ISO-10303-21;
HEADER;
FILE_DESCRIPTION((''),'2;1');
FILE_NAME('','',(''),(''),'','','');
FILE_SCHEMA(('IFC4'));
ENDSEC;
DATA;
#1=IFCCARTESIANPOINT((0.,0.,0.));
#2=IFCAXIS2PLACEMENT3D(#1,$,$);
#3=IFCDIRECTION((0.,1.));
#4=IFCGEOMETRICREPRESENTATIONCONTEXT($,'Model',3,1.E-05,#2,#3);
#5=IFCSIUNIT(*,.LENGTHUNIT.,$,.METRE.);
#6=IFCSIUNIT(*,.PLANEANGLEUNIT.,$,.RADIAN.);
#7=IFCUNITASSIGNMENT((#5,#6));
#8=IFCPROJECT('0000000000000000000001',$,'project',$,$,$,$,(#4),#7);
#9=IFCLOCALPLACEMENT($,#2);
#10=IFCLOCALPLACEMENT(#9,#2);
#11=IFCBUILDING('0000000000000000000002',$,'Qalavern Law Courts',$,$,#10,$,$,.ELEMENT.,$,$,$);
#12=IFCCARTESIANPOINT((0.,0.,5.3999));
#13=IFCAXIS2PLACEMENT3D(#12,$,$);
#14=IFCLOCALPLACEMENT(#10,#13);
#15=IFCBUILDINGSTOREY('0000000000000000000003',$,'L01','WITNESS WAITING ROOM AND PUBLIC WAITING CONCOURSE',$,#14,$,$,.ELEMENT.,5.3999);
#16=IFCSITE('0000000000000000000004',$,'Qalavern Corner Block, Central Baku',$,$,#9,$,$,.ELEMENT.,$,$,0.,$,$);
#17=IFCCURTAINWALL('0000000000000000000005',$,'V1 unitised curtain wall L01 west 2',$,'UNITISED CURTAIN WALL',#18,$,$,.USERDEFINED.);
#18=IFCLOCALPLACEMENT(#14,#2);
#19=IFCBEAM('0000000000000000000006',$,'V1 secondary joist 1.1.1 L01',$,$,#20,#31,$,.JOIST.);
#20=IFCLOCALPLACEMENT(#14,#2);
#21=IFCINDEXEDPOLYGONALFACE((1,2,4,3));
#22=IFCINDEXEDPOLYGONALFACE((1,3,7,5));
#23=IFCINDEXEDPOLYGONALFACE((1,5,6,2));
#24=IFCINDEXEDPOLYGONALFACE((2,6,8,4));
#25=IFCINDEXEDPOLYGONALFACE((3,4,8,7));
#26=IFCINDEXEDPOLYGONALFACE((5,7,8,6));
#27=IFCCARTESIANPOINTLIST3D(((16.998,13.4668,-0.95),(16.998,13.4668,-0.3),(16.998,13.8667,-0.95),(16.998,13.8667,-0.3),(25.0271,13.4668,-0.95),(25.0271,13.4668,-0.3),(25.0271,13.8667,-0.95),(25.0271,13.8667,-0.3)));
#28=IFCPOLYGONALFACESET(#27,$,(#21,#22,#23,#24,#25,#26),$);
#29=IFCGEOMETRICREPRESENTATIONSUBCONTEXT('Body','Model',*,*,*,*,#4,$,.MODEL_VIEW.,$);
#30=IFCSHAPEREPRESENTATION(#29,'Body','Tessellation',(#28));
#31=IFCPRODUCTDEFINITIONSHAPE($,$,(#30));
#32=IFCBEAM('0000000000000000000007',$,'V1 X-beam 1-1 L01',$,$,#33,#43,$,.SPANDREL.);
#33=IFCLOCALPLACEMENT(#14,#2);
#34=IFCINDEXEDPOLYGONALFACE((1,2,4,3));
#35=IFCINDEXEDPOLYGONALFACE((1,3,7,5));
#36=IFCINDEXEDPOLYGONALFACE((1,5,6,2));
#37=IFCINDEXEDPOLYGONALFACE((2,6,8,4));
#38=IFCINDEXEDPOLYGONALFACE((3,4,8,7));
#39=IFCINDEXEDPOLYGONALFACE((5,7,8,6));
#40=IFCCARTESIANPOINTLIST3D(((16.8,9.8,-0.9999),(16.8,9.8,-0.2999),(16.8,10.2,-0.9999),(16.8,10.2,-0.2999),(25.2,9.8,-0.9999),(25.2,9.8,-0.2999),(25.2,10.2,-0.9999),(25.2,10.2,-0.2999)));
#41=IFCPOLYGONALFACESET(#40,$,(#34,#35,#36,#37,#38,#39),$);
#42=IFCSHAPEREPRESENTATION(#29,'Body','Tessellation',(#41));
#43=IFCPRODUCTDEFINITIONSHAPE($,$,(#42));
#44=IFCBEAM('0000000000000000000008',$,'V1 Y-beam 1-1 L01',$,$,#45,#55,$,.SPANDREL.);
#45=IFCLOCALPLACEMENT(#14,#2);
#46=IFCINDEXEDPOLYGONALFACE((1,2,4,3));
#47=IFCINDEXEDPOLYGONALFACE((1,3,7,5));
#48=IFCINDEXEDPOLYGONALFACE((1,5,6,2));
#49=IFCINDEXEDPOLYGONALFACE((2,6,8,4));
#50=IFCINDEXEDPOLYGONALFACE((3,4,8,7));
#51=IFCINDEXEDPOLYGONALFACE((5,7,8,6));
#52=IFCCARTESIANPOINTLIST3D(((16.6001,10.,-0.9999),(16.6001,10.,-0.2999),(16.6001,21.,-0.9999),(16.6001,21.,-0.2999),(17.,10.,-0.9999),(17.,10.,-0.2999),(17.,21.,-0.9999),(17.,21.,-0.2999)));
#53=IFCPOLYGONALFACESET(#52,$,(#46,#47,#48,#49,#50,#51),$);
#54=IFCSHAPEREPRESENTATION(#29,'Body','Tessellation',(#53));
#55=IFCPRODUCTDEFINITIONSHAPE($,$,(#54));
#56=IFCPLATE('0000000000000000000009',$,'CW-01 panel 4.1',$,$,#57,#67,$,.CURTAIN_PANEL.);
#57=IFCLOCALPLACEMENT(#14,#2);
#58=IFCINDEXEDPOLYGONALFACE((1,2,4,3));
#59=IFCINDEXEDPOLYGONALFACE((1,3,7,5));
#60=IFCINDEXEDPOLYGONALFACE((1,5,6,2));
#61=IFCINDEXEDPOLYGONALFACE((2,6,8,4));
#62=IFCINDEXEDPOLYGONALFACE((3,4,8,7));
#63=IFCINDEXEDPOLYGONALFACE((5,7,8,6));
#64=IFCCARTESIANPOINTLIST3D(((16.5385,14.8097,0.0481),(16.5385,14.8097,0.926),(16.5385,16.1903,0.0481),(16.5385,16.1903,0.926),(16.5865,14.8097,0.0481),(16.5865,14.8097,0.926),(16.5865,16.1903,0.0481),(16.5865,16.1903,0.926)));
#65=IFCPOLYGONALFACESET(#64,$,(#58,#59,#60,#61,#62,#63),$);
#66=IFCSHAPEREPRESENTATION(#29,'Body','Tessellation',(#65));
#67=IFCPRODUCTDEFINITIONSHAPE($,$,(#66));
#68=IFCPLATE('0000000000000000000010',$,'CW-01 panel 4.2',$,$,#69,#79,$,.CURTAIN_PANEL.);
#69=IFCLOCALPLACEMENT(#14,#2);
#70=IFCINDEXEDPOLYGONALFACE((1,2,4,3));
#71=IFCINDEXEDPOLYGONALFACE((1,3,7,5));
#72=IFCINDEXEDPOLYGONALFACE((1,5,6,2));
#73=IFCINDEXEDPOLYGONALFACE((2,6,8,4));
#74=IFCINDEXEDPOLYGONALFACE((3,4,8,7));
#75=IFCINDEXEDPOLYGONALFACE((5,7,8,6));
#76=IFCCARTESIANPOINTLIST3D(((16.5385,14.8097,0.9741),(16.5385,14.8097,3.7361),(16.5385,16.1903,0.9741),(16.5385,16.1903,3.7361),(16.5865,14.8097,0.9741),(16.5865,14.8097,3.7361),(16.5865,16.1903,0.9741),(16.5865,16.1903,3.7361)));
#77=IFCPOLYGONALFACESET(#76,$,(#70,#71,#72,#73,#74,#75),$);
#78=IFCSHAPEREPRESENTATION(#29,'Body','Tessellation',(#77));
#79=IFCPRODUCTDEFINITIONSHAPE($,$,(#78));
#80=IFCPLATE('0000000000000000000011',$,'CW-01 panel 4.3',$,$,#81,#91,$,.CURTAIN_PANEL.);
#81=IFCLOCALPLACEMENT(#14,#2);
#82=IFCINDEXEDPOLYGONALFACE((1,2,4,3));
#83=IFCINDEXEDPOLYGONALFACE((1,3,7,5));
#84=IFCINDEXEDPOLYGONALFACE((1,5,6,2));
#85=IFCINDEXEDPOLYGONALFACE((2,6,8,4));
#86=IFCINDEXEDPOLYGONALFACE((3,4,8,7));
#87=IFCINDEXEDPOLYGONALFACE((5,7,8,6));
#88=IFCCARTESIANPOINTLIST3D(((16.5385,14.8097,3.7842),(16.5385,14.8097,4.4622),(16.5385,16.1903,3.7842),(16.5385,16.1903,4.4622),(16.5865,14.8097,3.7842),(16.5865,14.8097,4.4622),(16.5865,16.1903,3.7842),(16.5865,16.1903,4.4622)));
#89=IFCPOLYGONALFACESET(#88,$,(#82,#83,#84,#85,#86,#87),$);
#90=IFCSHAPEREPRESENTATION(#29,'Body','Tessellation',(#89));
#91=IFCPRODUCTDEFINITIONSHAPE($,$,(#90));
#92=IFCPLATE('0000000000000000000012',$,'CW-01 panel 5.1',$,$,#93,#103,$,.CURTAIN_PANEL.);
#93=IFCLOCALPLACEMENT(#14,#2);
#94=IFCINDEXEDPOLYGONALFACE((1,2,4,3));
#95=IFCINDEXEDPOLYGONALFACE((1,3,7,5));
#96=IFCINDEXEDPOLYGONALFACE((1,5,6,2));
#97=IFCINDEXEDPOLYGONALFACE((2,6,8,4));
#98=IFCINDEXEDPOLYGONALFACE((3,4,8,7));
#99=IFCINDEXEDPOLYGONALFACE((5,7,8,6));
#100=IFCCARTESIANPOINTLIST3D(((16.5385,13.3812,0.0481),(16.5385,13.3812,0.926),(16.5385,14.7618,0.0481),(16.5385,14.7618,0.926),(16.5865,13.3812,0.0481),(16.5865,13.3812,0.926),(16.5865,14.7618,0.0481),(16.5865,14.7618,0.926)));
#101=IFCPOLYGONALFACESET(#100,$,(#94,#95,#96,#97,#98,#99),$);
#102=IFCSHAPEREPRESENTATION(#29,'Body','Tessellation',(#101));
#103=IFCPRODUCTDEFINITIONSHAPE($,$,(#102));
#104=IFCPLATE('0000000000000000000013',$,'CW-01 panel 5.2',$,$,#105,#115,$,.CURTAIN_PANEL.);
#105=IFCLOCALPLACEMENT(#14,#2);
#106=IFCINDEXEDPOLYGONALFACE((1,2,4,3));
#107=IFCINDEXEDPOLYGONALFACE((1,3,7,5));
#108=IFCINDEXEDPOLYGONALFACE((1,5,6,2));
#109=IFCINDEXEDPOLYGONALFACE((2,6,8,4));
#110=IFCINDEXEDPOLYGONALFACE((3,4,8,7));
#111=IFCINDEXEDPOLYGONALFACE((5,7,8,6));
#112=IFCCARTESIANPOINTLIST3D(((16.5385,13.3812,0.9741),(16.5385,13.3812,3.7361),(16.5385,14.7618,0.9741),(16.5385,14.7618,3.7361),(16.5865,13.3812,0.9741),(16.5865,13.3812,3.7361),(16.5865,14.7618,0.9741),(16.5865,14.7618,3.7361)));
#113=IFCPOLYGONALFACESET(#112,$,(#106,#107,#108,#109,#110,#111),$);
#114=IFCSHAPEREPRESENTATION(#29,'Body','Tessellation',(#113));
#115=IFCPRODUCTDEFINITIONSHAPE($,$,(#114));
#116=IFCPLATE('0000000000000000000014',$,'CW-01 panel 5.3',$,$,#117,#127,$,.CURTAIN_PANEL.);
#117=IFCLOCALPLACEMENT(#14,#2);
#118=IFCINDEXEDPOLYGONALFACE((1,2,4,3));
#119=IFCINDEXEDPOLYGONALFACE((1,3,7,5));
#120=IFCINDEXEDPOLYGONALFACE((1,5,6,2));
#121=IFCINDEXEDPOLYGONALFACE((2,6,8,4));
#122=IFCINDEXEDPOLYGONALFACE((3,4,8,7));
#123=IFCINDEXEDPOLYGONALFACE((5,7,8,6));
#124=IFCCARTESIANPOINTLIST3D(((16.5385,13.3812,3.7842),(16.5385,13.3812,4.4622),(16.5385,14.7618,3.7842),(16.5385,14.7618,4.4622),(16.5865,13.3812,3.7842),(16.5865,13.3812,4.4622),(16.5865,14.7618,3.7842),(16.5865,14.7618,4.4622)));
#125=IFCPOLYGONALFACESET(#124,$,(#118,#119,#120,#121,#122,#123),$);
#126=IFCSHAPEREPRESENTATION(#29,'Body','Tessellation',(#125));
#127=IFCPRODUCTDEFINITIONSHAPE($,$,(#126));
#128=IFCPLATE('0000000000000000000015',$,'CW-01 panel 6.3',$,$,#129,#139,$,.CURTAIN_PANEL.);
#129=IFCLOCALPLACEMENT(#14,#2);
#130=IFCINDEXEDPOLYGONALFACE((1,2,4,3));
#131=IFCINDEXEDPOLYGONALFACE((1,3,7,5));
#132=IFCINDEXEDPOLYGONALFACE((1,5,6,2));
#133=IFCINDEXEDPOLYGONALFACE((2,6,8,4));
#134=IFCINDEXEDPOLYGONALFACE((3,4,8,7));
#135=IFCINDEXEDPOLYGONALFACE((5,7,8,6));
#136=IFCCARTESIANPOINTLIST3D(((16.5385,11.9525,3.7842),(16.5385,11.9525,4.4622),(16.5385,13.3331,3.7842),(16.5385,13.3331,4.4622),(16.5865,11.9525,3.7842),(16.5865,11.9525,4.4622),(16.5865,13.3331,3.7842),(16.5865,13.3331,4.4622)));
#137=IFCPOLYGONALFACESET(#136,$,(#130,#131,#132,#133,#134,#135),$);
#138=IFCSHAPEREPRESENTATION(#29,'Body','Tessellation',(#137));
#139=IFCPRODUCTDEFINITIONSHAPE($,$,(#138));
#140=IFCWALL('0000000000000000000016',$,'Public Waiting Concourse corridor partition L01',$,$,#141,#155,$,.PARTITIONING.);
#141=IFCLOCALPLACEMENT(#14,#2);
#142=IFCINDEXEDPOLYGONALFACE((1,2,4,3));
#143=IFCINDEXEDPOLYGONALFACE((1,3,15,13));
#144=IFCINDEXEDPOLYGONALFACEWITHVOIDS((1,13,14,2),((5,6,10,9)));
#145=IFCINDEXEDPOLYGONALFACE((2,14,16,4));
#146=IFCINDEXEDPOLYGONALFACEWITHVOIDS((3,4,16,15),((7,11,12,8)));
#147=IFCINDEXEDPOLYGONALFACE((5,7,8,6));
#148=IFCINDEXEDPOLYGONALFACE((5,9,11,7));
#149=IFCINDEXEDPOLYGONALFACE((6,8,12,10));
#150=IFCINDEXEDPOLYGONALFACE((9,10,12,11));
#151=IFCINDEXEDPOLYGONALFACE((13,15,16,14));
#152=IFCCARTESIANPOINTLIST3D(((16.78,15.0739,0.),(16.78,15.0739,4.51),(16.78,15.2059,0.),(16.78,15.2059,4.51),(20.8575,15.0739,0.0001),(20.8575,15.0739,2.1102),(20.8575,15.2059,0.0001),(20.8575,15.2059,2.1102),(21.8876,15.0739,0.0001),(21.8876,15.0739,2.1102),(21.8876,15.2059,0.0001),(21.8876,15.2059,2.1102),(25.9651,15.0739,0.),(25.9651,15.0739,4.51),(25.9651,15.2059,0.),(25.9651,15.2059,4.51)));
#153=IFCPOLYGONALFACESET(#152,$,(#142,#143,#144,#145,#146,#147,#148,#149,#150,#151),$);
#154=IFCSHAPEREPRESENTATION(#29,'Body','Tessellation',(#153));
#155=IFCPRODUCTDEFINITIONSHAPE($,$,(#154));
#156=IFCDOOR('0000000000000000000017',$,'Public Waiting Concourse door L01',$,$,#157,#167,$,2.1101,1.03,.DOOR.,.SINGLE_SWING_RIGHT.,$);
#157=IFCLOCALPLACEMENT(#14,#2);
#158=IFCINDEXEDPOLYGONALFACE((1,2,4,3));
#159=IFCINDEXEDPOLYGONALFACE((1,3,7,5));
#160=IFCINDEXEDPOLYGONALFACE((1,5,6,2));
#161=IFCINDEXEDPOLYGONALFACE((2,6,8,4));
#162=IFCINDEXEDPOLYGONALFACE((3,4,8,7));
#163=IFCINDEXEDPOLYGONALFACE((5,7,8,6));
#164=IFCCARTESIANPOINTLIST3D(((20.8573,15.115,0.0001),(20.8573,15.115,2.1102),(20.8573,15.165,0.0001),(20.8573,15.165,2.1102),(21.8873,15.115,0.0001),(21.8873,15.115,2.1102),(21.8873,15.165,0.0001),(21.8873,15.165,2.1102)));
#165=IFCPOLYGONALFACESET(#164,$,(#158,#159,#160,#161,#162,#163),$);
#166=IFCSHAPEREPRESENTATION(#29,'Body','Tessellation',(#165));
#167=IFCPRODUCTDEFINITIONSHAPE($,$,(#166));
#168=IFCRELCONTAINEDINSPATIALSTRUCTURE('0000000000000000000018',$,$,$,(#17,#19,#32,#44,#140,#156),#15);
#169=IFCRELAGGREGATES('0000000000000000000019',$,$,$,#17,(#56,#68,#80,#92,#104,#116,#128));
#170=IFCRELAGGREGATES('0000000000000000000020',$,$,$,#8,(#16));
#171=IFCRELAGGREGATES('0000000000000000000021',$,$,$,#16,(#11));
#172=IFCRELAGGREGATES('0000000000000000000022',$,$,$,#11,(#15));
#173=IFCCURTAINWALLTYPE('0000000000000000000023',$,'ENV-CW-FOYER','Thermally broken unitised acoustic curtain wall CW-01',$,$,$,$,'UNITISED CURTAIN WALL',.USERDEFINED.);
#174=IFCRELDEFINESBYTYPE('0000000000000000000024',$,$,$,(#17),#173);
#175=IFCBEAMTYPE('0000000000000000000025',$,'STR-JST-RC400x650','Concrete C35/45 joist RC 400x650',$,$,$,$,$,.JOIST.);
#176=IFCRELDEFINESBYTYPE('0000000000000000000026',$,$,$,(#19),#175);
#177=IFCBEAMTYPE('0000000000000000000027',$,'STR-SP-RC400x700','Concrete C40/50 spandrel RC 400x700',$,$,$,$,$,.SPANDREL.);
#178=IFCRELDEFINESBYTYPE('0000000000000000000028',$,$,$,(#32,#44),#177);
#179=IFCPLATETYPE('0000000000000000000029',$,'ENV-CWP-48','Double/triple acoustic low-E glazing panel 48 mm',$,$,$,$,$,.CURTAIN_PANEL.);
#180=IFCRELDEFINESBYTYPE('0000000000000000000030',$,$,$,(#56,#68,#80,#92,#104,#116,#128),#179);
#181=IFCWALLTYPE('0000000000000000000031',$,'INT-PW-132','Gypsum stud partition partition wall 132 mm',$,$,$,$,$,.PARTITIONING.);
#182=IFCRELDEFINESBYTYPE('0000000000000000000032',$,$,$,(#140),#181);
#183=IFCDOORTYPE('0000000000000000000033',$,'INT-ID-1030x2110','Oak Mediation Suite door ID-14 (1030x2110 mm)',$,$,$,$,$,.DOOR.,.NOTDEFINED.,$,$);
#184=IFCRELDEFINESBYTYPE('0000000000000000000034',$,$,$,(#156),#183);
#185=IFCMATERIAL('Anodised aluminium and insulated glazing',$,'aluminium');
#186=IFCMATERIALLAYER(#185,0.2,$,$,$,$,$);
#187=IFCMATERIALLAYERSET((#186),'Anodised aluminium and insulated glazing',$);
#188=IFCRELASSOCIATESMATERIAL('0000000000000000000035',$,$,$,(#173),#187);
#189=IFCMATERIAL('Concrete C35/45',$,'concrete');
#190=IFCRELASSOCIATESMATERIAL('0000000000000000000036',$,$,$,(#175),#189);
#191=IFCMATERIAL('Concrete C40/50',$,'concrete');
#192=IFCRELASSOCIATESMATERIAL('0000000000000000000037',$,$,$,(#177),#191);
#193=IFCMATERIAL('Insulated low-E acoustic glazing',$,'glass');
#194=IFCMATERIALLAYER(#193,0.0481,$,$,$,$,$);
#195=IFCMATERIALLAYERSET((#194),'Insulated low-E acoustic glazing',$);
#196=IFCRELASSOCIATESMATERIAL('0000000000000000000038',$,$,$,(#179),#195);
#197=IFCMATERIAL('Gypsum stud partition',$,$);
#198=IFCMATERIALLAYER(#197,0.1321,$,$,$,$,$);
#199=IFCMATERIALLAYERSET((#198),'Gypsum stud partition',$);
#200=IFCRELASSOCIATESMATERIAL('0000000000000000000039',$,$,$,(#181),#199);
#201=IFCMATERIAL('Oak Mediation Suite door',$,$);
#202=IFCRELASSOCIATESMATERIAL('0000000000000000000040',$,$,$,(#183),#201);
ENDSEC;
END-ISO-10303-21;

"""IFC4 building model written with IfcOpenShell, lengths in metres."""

from ifc_helpers import new_model, si_unit, direction, frame, frame_2d, origin, origin_2d, place, context, subcontext, project, spatial, rectangle, extrude, material, layer, layer_set, material_profile, profile_set, type_object, element, fill, aggregate, save


model = new_model("IFC4")

# Units and contexts
model_context = context("Model", 3, precision=1e-05, world=origin(), true_north=direction((0.0, 1.0)))
body_context = subcontext(model_context, "Body", "Model", "MODEL_VIEW")
ifc_project = project(units=[si_unit("LENGTHUNIT", "METRE"), si_unit("PLANEANGLEUNIT", "RADIAN")], contexts=[model_context])

# Site, building, storey
site_placement = place(None, origin())
site = spatial("IfcSite", under=ifc_project, at=site_placement, Name="Qalavern Corner Block, Central Baku", CompositionType="ELEMENT", RefElevation=0.0)
building_placement = place(site_placement, origin())
building = spatial("IfcBuilding", under=site, at=building_placement, Name="Qalavern Law Courts", CompositionType="ELEMENT")
storey_placement = place(building_placement, frame((0.0, 0.0, 5.3999)))
storey = spatial("IfcBuildingStorey", under=building, at=storey_placement, Name="L01", Description="WITNESS WAITING ROOM AND PUBLIC WAITING CONCOURSE", CompositionType="ELEMENT", Elevation=5.3999)

# Curtain wall
ifc_material_1 = material(Name="Anodised aluminium and insulated glazing", Category="aluminium")
ifc_layer_1 = layer(ifc_material_1, 0.2)
ifc_layer_set_1 = layer_set([ifc_layer_1], Name="Anodised aluminium and insulated glazing")
curtain_wall_type = type_object("IfcCurtainWallType", Name="ENV-CW-FOYER", Description="Thermally broken unitised acoustic curtain wall CW-01", ElementType="UNITISED CURTAIN WALL", PredefinedType="USERDEFINED", material=ifc_layer_set_1)
curtain_wall_placement = place(storey_placement, origin())
curtain_wall = element("IfcCurtainWall", 1, at=curtain_wall_placement, inside=storey, type_object=curtain_wall_type, Name="V1 unitised curtain wall L01 west 2", ObjectType="UNITISED CURTAIN WALL", PredefinedType="USERDEFINED")

# Beams
ifc_material_2 = material(Name="Concrete C35/45", Category="concrete")
ifc_material_profile_1 = material_profile(ifc_material_2, rectangle(XDim=0.3999, YDim=0.6499, at=origin_2d()), Name="RC 400x650")
ifc_profile_set_1 = profile_set([ifc_material_profile_1], Name="Concrete C35/45")
beam_type_1 = type_object("IfcBeamType", Name="STR-JST-RC400x650", Description="Concrete C35/45 joist RC 400x650", PredefinedType="JOIST", material=ifc_profile_set_1)
beam_1_placement = place(storey_placement, frame((16.998, 13.6667, -0.625), z_axis=(1.0, 0.0, 0.0), x_axis=(0.0, 1.0, 0.0)))
element("IfcBeam", 2, at=beam_1_placement, inside=storey, type_object=beam_type_1, Name="V1 secondary joist 1.1.1 L01", PredefinedType="JOIST", context=body_context, shape_type="SweptSolid", body=[
    extrude(rectangle(XDim=0.3999, YDim=0.6499, at=origin_2d()), origin(), (0.0, 0.0, 1.0), 8.0291),
])
ifc_material_3 = material(Name="Concrete C40/50", Category="concrete")
ifc_material_profile_2 = material_profile(ifc_material_3, rectangle(XDim=0.3999, YDim=0.7, at=origin_2d()), Name="RC 400x700")
ifc_profile_set_2 = profile_set([ifc_material_profile_2], Name="Concrete C40/50")
beam_type_2 = type_object("IfcBeamType", Name="STR-SP-RC400x700", Description="Concrete C40/50 spandrel RC 400x700", PredefinedType="SPANDREL", material=ifc_profile_set_2)
beam_2_placement = place(storey_placement, frame((16.8, 10.0, -0.6499), z_axis=(1.0, 0.0, 0.0), x_axis=(0.0, 1.0, 0.0)))
element("IfcBeam", 3, at=beam_2_placement, inside=storey, type_object=beam_type_2, Name="V1 X-beam 1-1 L01", PredefinedType="SPANDREL", context=body_context, shape_type="SweptSolid", body=[
    extrude(rectangle(XDim=0.3999, YDim=0.7, at=origin_2d()), origin(), (0.0, 0.0, 1.0), 8.3999),
])
beam_3_placement = place(storey_placement, frame((16.8, 10.0, -0.6499), z_axis=(0.0, 1.0, 0.0), x_axis=(-1.0, 0.0, 0.0)))
element("IfcBeam", 4, at=beam_3_placement, inside=storey, type_object=beam_type_2, Name="V1 Y-beam 1-1 L01", PredefinedType="SPANDREL", context=body_context, shape_type="SweptSolid", body=[
    extrude(rectangle(XDim=0.3999, YDim=0.7, at=origin_2d()), origin(), (0.0, 0.0, 1.0), 11.0),
])

# Plates
ifc_material_4 = material(Name="Insulated low-E acoustic glazing", Category="glass")
ifc_layer_2 = layer(ifc_material_4, 0.0481)
ifc_layer_set_2 = layer_set([ifc_layer_2], Name="Insulated low-E acoustic glazing")
plate_type = type_object("IfcPlateType", Name="ENV-CWP-48", Description="Double/triple acoustic low-E glazing panel 48 mm", PredefinedType="CURTAIN_PANEL", material=ifc_layer_set_2)
plate_1_placement = place(storey_placement, frame((16.5625, 15.5, 0.0481), z_axis=(0.0, 0.0, 1.0), x_axis=(0.0, -1.0, 0.0)))
plate_1 = element("IfcPlate", 5, at=plate_1_placement, type_object=plate_type, Name="CW-01 panel 4.1", PredefinedType="CURTAIN_PANEL", context=body_context, shape_type="SweptSolid", body=[
    extrude(rectangle(XDim=1.3806, YDim=0.0481, at=origin_2d()), origin(), (0.0, 0.0, 1.0), 0.8779),
])
plate_2_placement = place(storey_placement, frame((16.5625, 15.5, 0.9741), z_axis=(0.0, 0.0, 1.0), x_axis=(0.0, -1.0, 0.0)))
plate_2 = element("IfcPlate", 6, at=plate_2_placement, type_object=plate_type, Name="CW-01 panel 4.2", PredefinedType="CURTAIN_PANEL", context=body_context, shape_type="SweptSolid", body=[
    extrude(rectangle(XDim=1.3806, YDim=0.0481, at=origin_2d()), origin(), (0.0, 0.0, 1.0), 2.762),
])
plate_3_placement = place(storey_placement, frame((16.5625, 15.5, 3.7842), z_axis=(0.0, 0.0, 1.0), x_axis=(0.0, -1.0, 0.0)))
plate_3 = element("IfcPlate", 7, at=plate_3_placement, type_object=plate_type, Name="CW-01 panel 4.3", PredefinedType="CURTAIN_PANEL", context=body_context, shape_type="SweptSolid", body=[
    extrude(rectangle(XDim=1.3806, YDim=0.0481, at=origin_2d()), origin(), (0.0, 0.0, 1.0), 0.678),
])
plate_4_placement = place(storey_placement, frame((16.5625, 14.0715, 0.0481), z_axis=(0.0, 0.0, 1.0), x_axis=(0.0, -1.0, 0.0)))
plate_4 = element("IfcPlate", 8, at=plate_4_placement, type_object=plate_type, Name="CW-01 panel 5.1", PredefinedType="CURTAIN_PANEL", context=body_context, shape_type="SweptSolid", body=[
    extrude(rectangle(XDim=1.3806, YDim=0.0481, at=origin_2d()), origin(), (0.0, 0.0, 1.0), 0.8779),
])
plate_5_placement = place(storey_placement, frame((16.5625, 14.0715, 0.9741), z_axis=(0.0, 0.0, 1.0), x_axis=(0.0, -1.0, 0.0)))
plate_5 = element("IfcPlate", 9, at=plate_5_placement, type_object=plate_type, Name="CW-01 panel 5.2", PredefinedType="CURTAIN_PANEL", context=body_context, shape_type="SweptSolid", body=[
    extrude(rectangle(XDim=1.3806, YDim=0.0481, at=origin_2d()), origin(), (0.0, 0.0, 1.0), 2.762),
])
plate_6_placement = place(storey_placement, frame((16.5625, 14.0715, 3.7842), z_axis=(0.0, 0.0, 1.0), x_axis=(0.0, -1.0, 0.0)))
plate_6 = element("IfcPlate", 10, at=plate_6_placement, type_object=plate_type, Name="CW-01 panel 5.3", PredefinedType="CURTAIN_PANEL", context=body_context, shape_type="SweptSolid", body=[
    extrude(rectangle(XDim=1.3806, YDim=0.0481, at=origin_2d()), origin(), (0.0, 0.0, 1.0), 0.678),
])
plate_7_placement = place(storey_placement, frame((16.5625, 12.6428, 3.7842), z_axis=(0.0, 0.0, 1.0), x_axis=(0.0, -1.0, 0.0)))
plate_7 = element("IfcPlate", 11, at=plate_7_placement, type_object=plate_type, Name="CW-01 panel 6.3", PredefinedType="CURTAIN_PANEL", context=body_context, shape_type="SweptSolid", body=[
    extrude(rectangle(XDim=1.3806, YDim=0.0481, at=origin_2d()), origin(), (0.0, 0.0, 1.0), 0.678),
])
aggregate(curtain_wall, [plate_1, plate_2, plate_3, plate_4, plate_5, plate_6, plate_7])

# Wall, opening, door
ifc_material_5 = material(Name="Gypsum stud partition")
ifc_layer_3 = layer(ifc_material_5, 0.1321)
ifc_layer_set_3 = layer_set([ifc_layer_3], Name="Gypsum stud partition")
wall_type = type_object("IfcWallType", Name="INT-PW-132", Description="Gypsum stud partition partition wall 132 mm", PredefinedType="PARTITIONING", material=ifc_layer_set_3)
wall_placement = place(storey_placement, frame((16.78, 15.1399, 0.0), z_axis=(0.0, 0.0, 1.0), x_axis=(1.0, 0.0, 0.0)))
wall = element("IfcWall", 12, at=wall_placement, inside=storey, type_object=wall_type, Name="Public Waiting Concourse corridor partition L01", PredefinedType="PARTITIONING", context=body_context, shape_type="SweptSolid", body=[
    extrude(rectangle(XDim=9.1851, YDim=0.1321, at=frame_2d((4.5925, 0.0))), origin(), (0.0, 0.0, 1.0), 4.51),
])
opening_placement = place(wall_placement, frame((4.0774, 0.0, 0.0)))
opening = element("IfcOpeningElement", 13, at=opening_placement, cuts=wall, PredefinedType="OPENING", context=body_context, shape_type="SweptSolid", body=[
    extrude(rectangle(XDim=1.03, YDim=2.1101, at=frame_2d((0.5151, 1.0552))), frame((0.0, 0.0811, 0.0), z_axis=(0.0, -1.0, 0.0), x_axis=(1.0, 0.0, 0.0)), (0.0, 0.0, 1.0), 0.1619),
])
ifc_material_6 = material(Name="Oak Mediation Suite door")
door_type = type_object("IfcDoorType", Name="INT-ID-1030x2110", Description="Oak Mediation Suite door ID-14 (1030x2110 mm)", OperationType="NOTDEFINED", PredefinedType="DOOR", material=ifc_material_6)
door_placement = place(opening_placement, frame((1.03, 0.0, 0.0), z_axis=(0.0, 0.0, 1.0), x_axis=(-1.0, 0.0, 0.0)))
door = element("IfcDoor", 14, at=door_placement, inside=storey, type_object=door_type, Name="Public Waiting Concourse door L01", OperationType="SINGLE_SWING_RIGHT", OverallHeight=2.1101, OverallWidth=1.03, PredefinedType="DOOR", context=body_context, shape_type="SweptSolid", body=[
    extrude(rectangle(XDim=1.03, YDim=2.1101, at=frame_2d((0.5151, 1.0552))), frame((0.0, 0.0249, 0.0), z_axis=(0.0, -1.0, 0.0), x_axis=(1.0, 0.0, 0.0)), (0.0, 0.0, 1.0), 0.05),
])
fill(opening, door)

save(model, "model.ifc")
